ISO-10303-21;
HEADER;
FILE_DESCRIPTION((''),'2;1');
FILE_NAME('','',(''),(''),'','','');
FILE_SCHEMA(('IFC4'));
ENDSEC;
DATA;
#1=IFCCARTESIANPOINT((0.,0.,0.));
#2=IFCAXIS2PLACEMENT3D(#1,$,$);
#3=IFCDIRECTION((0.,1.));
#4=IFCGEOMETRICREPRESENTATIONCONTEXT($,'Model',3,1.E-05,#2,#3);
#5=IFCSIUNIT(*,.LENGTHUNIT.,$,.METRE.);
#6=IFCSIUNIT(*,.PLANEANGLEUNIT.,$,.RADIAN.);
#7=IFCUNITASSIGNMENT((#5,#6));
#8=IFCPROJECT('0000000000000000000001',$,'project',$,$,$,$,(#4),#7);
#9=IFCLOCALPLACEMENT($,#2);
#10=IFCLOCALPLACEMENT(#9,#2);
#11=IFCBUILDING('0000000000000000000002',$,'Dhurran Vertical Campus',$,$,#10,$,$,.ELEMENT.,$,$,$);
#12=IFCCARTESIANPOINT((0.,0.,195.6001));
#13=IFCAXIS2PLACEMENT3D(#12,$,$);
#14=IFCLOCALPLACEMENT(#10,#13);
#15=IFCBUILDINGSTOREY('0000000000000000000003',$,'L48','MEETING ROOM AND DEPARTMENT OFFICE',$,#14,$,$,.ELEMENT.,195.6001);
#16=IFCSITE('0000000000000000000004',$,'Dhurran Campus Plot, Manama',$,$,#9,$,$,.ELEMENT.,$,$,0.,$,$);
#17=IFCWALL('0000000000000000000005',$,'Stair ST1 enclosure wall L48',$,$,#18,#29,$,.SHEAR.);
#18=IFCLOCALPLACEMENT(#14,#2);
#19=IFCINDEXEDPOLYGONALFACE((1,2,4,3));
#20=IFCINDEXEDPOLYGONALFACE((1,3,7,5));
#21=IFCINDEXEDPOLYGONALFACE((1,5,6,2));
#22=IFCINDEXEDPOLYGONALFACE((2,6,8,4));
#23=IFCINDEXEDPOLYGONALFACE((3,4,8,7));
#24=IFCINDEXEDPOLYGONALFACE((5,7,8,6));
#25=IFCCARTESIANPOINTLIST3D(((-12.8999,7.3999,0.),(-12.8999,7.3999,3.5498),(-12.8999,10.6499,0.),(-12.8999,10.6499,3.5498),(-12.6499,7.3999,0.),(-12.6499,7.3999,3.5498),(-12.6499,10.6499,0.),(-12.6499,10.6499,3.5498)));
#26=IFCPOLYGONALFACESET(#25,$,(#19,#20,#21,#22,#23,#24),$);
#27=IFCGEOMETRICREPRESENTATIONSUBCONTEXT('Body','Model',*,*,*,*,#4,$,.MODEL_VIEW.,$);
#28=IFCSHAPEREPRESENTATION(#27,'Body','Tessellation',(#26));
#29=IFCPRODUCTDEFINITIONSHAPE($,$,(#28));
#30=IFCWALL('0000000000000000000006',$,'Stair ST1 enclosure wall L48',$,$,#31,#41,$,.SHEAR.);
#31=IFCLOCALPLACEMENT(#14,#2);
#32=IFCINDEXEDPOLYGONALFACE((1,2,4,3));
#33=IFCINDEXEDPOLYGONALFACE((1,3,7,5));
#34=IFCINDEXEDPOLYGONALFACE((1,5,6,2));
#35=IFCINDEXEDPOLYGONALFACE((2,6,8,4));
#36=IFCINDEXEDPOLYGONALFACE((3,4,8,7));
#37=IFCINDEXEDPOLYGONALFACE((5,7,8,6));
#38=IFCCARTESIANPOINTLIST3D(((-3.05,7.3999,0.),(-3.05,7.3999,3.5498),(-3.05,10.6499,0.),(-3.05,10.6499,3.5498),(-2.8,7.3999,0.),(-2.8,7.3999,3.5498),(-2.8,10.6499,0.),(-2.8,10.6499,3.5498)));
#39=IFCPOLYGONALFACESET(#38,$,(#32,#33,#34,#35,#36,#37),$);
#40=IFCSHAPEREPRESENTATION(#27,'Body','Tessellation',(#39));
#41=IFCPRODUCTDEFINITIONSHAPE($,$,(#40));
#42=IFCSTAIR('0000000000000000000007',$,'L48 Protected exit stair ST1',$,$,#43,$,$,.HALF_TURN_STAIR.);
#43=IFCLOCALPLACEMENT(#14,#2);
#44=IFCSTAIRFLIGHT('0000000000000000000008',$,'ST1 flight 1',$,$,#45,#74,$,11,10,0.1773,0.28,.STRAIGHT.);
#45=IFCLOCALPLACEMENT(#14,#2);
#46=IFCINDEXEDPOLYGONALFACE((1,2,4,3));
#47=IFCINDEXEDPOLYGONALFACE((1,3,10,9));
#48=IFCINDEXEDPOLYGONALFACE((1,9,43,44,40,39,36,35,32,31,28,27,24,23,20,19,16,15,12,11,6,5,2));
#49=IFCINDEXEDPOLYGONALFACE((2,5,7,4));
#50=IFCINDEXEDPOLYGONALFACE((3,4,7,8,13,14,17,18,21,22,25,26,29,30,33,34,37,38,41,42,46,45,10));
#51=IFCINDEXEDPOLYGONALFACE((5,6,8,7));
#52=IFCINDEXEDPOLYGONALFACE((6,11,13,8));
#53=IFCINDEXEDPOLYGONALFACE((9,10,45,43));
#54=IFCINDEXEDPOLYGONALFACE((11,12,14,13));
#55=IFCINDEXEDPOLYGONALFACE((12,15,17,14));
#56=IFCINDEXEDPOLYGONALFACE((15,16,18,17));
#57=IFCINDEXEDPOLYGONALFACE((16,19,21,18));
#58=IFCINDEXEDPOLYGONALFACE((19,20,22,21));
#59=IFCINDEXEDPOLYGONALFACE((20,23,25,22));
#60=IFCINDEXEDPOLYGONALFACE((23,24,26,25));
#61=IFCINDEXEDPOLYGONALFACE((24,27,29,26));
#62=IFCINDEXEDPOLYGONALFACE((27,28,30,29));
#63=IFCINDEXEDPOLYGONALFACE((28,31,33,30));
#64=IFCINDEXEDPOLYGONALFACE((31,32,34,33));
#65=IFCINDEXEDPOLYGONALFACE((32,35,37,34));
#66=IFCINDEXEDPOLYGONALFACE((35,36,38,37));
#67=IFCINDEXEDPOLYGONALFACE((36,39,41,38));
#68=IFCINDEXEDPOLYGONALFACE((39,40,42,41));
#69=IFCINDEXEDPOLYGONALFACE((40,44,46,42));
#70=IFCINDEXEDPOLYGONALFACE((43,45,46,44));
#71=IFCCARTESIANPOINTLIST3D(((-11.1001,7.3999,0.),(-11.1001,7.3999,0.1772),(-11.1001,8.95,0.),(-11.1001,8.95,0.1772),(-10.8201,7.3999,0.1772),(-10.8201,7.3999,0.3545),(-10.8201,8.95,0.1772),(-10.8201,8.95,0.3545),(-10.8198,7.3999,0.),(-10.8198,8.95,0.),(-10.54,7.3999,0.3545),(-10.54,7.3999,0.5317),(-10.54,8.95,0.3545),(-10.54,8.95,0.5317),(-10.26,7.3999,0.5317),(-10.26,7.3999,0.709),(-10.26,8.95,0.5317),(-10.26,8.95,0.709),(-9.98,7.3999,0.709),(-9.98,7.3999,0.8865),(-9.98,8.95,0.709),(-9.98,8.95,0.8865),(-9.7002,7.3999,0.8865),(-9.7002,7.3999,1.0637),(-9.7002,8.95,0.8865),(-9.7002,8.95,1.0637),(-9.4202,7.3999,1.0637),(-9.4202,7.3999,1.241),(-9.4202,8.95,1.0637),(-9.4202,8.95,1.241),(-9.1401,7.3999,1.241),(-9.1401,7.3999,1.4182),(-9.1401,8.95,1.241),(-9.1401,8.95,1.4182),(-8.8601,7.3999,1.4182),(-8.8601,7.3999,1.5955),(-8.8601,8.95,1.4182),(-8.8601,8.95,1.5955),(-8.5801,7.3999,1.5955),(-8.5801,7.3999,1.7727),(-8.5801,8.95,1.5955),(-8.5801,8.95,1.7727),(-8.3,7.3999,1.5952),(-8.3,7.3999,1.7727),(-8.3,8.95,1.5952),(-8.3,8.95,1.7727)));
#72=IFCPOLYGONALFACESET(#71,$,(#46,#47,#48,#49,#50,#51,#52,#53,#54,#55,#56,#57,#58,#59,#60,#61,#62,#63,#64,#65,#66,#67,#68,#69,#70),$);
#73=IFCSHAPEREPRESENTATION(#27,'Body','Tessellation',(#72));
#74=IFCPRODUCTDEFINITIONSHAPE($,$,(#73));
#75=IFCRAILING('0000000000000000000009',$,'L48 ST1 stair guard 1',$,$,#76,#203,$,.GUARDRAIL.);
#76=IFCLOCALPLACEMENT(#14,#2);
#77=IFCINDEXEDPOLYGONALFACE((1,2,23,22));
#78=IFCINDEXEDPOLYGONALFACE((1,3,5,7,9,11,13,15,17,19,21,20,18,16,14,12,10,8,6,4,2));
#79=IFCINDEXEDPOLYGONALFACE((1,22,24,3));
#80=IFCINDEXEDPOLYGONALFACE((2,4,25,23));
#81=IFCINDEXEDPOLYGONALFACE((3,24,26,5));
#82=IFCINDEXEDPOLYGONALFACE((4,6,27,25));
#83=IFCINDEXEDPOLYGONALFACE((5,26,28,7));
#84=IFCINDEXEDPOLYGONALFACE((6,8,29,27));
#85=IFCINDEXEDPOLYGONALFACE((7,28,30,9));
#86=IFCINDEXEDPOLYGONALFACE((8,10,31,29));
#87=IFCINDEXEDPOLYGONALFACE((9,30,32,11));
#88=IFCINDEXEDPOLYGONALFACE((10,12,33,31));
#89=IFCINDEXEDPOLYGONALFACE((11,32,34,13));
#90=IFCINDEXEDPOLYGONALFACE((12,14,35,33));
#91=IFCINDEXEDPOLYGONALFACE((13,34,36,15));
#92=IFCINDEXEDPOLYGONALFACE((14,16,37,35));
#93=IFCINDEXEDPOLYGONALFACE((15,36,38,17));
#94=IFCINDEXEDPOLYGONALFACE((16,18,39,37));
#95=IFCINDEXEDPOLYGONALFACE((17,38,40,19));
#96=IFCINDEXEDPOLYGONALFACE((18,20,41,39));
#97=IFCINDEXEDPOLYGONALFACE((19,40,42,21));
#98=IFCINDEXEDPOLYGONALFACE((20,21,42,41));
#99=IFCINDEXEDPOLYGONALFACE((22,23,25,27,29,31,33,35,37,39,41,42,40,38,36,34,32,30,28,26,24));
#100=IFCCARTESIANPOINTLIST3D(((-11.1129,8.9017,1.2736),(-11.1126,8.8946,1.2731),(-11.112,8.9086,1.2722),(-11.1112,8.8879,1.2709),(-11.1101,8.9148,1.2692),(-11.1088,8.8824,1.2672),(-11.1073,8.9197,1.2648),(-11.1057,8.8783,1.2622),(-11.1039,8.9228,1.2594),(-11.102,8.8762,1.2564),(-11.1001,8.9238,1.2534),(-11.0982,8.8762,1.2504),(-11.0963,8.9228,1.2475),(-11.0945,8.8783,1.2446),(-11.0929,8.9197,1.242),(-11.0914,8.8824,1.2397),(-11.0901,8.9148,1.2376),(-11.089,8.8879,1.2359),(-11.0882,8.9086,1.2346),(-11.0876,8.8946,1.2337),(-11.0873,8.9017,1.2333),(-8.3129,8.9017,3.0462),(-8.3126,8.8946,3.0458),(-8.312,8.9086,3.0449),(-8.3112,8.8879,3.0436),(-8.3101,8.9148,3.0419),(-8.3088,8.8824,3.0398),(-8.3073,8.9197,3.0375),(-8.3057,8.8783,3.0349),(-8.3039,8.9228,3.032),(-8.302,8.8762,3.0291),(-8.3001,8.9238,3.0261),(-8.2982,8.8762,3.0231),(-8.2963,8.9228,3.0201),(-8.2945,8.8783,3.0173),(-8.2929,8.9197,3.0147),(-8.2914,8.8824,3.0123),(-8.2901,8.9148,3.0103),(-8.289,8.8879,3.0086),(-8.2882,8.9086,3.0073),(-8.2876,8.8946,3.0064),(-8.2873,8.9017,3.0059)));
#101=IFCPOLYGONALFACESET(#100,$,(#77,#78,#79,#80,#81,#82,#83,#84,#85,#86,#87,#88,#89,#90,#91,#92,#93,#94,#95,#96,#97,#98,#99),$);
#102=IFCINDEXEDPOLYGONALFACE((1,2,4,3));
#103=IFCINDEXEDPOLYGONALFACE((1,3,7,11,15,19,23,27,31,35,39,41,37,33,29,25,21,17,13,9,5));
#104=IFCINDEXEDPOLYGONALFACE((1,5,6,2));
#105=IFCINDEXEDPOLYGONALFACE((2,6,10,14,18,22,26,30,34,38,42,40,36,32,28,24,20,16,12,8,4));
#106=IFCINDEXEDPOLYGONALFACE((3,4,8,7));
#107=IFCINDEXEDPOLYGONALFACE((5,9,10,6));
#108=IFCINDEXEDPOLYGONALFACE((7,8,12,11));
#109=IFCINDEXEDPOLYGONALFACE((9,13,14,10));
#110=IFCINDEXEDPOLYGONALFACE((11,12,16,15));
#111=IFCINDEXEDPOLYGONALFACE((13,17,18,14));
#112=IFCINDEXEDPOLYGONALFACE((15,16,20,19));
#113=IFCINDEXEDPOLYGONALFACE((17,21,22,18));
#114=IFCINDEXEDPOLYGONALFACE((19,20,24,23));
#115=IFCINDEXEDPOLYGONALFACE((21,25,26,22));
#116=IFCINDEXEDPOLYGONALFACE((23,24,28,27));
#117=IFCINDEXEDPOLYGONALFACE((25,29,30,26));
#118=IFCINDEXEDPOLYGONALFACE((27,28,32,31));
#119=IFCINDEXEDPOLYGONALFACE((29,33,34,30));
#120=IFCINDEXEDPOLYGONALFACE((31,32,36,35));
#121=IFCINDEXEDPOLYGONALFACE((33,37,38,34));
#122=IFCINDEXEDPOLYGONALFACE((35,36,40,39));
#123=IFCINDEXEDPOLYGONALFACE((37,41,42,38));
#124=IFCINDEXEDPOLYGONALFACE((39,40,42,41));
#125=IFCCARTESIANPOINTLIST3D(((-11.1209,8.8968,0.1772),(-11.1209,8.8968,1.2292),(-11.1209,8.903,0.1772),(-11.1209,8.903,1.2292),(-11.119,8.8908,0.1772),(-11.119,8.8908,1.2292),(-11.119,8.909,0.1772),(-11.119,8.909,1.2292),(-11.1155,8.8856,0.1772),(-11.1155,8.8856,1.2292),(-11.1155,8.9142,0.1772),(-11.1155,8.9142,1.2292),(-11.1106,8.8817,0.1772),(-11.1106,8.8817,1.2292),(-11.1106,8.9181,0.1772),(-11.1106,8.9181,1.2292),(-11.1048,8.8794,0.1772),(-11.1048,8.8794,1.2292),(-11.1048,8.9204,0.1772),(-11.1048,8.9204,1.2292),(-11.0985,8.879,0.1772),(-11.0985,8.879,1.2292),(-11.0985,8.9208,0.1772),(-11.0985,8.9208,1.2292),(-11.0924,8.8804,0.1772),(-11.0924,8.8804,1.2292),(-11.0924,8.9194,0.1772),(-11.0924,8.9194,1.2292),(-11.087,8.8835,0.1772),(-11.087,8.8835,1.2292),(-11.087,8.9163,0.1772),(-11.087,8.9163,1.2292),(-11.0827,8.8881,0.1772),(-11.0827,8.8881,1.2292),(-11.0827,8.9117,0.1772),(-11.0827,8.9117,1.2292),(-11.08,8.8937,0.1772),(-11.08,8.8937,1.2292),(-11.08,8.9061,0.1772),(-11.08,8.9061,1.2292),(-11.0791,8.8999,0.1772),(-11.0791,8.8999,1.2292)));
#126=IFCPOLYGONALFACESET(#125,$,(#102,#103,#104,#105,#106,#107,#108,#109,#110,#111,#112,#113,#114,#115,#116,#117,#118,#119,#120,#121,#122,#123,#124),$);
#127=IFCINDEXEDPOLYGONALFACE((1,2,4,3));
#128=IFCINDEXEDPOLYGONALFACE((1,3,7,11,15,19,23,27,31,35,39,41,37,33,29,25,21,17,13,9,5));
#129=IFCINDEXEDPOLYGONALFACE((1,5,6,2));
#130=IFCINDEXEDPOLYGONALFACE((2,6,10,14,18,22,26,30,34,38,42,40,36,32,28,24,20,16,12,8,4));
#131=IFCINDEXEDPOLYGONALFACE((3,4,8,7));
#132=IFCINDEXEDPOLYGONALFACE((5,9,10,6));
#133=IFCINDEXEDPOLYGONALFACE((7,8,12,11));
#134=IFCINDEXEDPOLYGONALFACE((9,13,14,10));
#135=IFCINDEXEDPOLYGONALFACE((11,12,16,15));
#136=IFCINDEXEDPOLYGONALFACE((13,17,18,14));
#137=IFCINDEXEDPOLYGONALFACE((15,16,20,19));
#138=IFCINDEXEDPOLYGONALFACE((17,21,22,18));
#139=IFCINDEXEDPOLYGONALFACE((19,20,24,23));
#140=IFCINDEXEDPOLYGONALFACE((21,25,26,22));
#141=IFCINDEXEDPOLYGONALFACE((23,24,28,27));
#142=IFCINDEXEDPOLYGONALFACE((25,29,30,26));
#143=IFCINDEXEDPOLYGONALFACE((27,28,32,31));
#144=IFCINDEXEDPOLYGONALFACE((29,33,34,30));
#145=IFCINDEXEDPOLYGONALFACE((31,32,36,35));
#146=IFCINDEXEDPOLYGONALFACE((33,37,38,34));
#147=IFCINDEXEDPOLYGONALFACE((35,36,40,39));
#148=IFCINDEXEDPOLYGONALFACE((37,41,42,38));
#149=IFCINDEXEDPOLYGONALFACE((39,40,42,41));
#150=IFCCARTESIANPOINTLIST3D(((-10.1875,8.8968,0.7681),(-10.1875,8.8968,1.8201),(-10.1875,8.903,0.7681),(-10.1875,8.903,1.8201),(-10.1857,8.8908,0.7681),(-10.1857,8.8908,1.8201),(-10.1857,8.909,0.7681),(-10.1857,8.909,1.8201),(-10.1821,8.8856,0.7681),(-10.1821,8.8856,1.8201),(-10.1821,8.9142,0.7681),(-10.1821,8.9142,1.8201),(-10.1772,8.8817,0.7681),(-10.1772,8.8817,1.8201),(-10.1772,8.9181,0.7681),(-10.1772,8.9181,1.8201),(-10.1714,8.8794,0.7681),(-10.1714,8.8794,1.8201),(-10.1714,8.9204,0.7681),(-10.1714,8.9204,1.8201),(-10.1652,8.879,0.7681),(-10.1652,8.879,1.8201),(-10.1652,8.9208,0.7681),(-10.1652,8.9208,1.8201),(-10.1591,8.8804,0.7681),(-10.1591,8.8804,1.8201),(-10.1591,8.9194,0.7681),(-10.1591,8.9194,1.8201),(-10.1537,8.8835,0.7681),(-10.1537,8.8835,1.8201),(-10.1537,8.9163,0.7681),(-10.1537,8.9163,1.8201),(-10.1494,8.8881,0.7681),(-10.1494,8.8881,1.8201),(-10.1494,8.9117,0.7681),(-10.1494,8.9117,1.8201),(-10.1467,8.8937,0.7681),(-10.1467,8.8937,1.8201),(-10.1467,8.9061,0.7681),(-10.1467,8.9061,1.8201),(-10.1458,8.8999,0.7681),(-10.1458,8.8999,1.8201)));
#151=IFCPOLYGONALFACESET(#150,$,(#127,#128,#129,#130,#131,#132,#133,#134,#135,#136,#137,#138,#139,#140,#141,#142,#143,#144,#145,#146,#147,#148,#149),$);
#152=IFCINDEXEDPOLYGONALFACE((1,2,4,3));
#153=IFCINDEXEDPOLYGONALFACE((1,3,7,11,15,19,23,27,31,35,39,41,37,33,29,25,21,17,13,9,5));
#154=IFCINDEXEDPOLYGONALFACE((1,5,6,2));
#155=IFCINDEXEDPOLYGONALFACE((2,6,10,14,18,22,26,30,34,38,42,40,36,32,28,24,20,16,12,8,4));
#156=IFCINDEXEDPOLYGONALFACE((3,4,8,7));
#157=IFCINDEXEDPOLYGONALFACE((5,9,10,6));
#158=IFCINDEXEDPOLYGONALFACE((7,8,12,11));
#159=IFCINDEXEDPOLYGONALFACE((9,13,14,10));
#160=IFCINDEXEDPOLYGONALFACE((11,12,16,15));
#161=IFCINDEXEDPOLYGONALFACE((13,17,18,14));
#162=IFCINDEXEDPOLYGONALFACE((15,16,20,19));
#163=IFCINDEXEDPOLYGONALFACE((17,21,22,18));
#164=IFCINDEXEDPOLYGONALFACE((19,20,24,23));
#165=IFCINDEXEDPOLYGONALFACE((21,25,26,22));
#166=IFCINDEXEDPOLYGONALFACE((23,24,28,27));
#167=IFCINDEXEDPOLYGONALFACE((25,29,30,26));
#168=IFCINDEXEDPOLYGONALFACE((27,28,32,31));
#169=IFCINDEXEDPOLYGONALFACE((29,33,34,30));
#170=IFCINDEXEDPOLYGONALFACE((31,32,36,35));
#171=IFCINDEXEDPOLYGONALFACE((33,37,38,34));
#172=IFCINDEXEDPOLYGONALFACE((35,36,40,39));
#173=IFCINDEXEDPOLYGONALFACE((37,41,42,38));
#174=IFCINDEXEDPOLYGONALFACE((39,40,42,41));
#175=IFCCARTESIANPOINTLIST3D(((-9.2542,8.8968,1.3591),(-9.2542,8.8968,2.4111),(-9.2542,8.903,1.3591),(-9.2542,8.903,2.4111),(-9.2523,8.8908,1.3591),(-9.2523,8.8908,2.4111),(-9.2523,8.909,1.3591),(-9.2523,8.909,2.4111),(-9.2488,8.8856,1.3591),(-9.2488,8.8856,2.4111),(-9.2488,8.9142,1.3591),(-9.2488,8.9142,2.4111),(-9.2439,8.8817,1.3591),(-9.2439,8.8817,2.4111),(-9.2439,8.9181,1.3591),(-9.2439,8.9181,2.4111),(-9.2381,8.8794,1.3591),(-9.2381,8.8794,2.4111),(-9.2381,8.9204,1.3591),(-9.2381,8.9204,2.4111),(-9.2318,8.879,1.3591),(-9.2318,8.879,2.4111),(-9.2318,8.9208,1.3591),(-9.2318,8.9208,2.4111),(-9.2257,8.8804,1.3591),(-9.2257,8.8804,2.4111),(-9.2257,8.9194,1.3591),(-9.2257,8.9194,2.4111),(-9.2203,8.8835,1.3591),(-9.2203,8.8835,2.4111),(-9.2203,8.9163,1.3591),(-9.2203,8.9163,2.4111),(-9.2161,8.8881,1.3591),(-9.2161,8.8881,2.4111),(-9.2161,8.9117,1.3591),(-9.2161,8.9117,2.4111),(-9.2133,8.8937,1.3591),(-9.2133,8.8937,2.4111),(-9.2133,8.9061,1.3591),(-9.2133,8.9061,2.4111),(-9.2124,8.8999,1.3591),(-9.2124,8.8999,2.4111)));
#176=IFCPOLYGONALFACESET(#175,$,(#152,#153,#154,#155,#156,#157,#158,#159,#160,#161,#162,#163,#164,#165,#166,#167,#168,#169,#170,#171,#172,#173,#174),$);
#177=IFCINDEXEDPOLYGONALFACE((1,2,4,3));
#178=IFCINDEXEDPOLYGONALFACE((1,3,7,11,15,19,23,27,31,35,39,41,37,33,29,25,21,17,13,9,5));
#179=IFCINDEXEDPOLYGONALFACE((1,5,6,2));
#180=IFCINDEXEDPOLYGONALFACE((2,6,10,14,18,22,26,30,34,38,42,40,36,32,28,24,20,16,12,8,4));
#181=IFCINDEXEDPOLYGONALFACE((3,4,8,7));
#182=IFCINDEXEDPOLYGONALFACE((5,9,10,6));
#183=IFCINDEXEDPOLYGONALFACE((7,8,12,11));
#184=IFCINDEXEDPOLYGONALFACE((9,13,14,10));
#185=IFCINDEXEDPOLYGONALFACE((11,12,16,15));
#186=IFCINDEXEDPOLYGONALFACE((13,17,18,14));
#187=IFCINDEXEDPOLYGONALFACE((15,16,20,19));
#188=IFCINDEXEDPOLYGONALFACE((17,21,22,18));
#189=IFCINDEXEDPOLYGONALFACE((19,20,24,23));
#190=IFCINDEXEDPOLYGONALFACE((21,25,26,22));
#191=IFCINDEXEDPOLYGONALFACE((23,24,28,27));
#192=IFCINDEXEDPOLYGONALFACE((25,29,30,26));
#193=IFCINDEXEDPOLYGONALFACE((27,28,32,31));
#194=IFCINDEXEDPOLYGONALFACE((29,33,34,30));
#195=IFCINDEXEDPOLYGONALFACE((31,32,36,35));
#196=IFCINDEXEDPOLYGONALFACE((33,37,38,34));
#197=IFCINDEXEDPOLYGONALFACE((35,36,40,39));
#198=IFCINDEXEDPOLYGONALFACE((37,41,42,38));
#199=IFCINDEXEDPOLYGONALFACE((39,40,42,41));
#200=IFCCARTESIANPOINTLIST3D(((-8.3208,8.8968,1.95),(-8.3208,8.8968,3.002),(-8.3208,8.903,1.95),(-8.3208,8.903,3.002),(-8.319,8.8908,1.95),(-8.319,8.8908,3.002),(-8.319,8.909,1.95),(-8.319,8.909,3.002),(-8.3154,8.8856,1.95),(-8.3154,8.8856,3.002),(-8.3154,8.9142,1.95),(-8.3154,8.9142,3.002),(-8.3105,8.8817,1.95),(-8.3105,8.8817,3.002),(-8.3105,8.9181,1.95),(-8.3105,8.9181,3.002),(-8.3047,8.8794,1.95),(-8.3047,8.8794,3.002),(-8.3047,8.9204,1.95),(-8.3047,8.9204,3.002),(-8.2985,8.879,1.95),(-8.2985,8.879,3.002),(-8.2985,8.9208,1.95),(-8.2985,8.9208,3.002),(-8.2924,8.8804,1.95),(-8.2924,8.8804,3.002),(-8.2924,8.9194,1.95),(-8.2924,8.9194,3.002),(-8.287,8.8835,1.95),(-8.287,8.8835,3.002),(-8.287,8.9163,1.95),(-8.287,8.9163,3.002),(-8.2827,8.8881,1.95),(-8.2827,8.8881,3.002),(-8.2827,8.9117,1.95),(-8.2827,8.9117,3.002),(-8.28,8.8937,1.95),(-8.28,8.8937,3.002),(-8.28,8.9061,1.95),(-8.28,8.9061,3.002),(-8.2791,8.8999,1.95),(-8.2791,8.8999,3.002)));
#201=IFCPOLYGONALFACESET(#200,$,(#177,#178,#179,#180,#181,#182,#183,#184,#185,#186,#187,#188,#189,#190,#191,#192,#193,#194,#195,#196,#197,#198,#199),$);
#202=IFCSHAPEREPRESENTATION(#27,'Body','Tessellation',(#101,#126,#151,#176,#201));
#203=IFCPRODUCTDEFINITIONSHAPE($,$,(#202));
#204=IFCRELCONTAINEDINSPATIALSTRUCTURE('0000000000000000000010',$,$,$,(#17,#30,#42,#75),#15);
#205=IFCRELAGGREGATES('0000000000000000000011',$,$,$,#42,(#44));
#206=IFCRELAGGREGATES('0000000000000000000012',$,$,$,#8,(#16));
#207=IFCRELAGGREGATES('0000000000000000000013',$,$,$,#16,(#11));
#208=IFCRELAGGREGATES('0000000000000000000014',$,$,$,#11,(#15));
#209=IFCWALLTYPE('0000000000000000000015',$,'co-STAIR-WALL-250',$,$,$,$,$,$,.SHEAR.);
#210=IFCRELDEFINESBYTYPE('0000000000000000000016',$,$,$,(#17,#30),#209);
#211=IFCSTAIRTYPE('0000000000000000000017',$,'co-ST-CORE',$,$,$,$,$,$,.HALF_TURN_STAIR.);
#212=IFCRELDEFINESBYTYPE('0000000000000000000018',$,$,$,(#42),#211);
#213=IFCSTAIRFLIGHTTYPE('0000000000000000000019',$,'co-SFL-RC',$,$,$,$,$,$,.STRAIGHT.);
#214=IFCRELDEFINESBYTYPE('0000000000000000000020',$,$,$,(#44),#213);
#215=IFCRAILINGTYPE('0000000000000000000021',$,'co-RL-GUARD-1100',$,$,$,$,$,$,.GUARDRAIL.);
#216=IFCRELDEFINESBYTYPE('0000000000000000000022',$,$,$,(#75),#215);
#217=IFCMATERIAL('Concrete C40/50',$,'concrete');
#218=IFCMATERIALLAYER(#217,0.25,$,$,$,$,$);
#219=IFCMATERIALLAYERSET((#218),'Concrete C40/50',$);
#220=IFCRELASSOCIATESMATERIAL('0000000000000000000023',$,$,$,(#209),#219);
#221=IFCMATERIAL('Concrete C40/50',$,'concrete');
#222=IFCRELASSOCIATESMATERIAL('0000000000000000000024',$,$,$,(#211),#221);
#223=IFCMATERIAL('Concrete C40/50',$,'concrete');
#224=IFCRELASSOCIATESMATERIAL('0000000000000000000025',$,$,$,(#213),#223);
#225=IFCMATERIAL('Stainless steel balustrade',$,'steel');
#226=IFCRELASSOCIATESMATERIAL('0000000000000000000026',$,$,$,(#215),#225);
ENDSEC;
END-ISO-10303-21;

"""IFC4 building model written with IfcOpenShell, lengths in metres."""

from ifc_helpers import new_model, si_unit, direction, frame, frame_2d, origin, origin_2d, place, context, subcontext, project, spatial, polyline, rectangle, circle, outline, extrude, material, layer, layer_set, type_object, element, aggregate, save


model = new_model("IFC4")

# Units and contexts
model_context = context("Model", 3, precision=1e-05, world=origin(), true_north=direction((0.0, 1.0)))
body_context = subcontext(model_context, "Body", "Model", "MODEL_VIEW")
ifc_project = project(units=[si_unit("LENGTHUNIT", "METRE"), si_unit("PLANEANGLEUNIT", "RADIAN")], contexts=[model_context])

# Site, building, storey
site_placement = place(None, origin())
site = spatial("IfcSite", under=ifc_project, at=site_placement, Name="Dhurran Campus Plot, Manama", CompositionType="ELEMENT", RefElevation=0.0)
building_placement = place(site_placement, origin())
building = spatial("IfcBuilding", under=site, at=building_placement, Name="Dhurran Vertical Campus", CompositionType="ELEMENT")
storey_placement = place(building_placement, frame((0.0, 0.0, 195.6001)))
storey = spatial("IfcBuildingStorey", under=building, at=storey_placement, Name="L48", Description="MEETING ROOM AND DEPARTMENT OFFICE", CompositionType="ELEMENT", Elevation=195.6001)

# Walls
ifc_material_1 = material(Name="Concrete C40/50", Category="concrete")
ifc_layer_1 = layer(ifc_material_1, 0.25)
ifc_layer_set_1 = layer_set([ifc_layer_1], Name="Concrete C40/50")
wall_type_1 = type_object("IfcWallType", Name="co-STAIR-WALL-250", PredefinedType="SHEAR", material=ifc_layer_set_1)
for number, where, z_axis, x_axis, name in (
    (1, (-12.7749, 7.3999, 0.0), (0.0, 0.0, 1.0), (0.0, 1.0, 0.0), "Stair ST1 enclosure wall L48"),
    (2, (-2.925, 7.3999, 0.0), (0.0, 0.0, 1.0), (0.0, 1.0, 0.0), "Stair ST1 enclosure wall L48"),
):
    element("IfcWall", number, at=place(storey_placement, frame(where, z_axis=z_axis, x_axis=x_axis)), inside=storey, type_object=wall_type_1, Name=name, PredefinedType="SHEAR", context=body_context, shape_type="SweptSolid", body=[
        extrude(rectangle(XDim=3.25, YDim=0.25, at=frame_2d((1.625, 0.0))), origin(), (0.0, 0.0, 1.0), 3.5498),
    ])

# Stair, stair flight
ifc_material_2 = material(Name="Concrete C40/50", Category="concrete")
stair_type = type_object("IfcStairType", Name="co-ST-CORE", PredefinedType="HALF_TURN_STAIR", material=ifc_material_2)
stair_placement = place(storey_placement, origin())
stair = element("IfcStair", 3, at=stair_placement, inside=storey, type_object=stair_type, Name="L48 Protected exit stair ST1", PredefinedType="HALF_TURN_STAIR")
ifc_material_3 = material(Name="Concrete C40/50", Category="concrete")
stair_flight_type = type_object("IfcStairFlightType", Name="co-SFL-RC", PredefinedType="STRAIGHT", material=ifc_material_3)
stair_flight_placement = place(storey_placement, frame((-11.1001, 8.175, 0.0), z_axis=(0.0, 0.0, 1.0), x_axis=(1.0, 0.0, 0.0)))
stair_flight = element("IfcStairFlight", 4, at=stair_flight_placement, type_object=stair_flight_type, Name="ST1 flight 1", NumberOfRisers=11, NumberOfTreads=10, PredefinedType="STRAIGHT", RiserHeight=0.1773, TreadLength=0.28, context=body_context, shape_type="SweptSolid", body=[
    extrude(outline(polyline([(0.0, 0.0), (0.0, 0.1772), (0.28, 0.1772), (0.28, 0.3545), (0.5601, 0.3545), (0.5601, 0.5317), (0.8401, 0.5317), (0.8401, 0.709), (1.1201, 0.709), (1.1201, 0.8865), (1.3999, 0.8865), (1.3999, 1.0637), (1.6799, 1.0637), (1.6799, 1.241), (1.96, 1.241), (1.96, 1.4182), (2.24, 1.4182), (2.24, 1.5955), (2.52, 1.5955), (2.52, 1.7727), (2.8, 1.7727), (2.8, 1.95), (2.8, 1.5952), (0.2803, 0.0), (0.0, 0.0)])), frame((0.0, 0.7749, 0.0), z_axis=(0.0, -1.0, 0.0), x_axis=(1.0, 0.0, 0.0)), (0.0, 0.0, 1.0), 1.55),
])
aggregate(stair, [stair_flight])

# Railing
ifc_material_4 = material(Name="Stainless steel balustrade", Category="steel")
railing_type_1 = type_object("IfcRailingType", Name="co-RL-GUARD-1100", PredefinedType="GUARDRAIL", material=ifc_material_4)
railing_1_placement = place(storey_placement, frame((-11.1001, 8.8999, 0.1772)))
element("IfcRailing", 5, at=railing_1_placement, inside=storey, type_object=railing_type_1, Name="L48 ST1 stair guard 1", PredefinedType="GUARDRAIL", context=body_context, shape_type="SweptSolid", body=[
    extrude(circle(Radius=0.0239, at=origin_2d()), frame((0.0, 0.0, 1.0762), z_axis=(0.844909, 0.0, 0.53491), x_axis=(0.0, 1.0, 0.0)), (0.0, 0.0, 1.0), 3.314),
    extrude(circle(Radius=0.021, at=origin_2d()), origin(), (0.0, 0.0, 1.0), 1.052),
    extrude(circle(Radius=0.021, at=origin_2d()), frame((0.9333, 0.0, 0.5908)), (0.0, 0.0, 1.0), 1.052),
    extrude(circle(Radius=0.021, at=origin_2d()), frame((1.8667, 0.0, 1.1819)), (0.0, 0.0, 1.0), 1.052),
    extrude(circle(Radius=0.021, at=origin_2d()), frame((2.8, 0.0, 1.7727)), (0.0, 0.0, 1.0), 1.052),
])

save(model, "model.ifc")
